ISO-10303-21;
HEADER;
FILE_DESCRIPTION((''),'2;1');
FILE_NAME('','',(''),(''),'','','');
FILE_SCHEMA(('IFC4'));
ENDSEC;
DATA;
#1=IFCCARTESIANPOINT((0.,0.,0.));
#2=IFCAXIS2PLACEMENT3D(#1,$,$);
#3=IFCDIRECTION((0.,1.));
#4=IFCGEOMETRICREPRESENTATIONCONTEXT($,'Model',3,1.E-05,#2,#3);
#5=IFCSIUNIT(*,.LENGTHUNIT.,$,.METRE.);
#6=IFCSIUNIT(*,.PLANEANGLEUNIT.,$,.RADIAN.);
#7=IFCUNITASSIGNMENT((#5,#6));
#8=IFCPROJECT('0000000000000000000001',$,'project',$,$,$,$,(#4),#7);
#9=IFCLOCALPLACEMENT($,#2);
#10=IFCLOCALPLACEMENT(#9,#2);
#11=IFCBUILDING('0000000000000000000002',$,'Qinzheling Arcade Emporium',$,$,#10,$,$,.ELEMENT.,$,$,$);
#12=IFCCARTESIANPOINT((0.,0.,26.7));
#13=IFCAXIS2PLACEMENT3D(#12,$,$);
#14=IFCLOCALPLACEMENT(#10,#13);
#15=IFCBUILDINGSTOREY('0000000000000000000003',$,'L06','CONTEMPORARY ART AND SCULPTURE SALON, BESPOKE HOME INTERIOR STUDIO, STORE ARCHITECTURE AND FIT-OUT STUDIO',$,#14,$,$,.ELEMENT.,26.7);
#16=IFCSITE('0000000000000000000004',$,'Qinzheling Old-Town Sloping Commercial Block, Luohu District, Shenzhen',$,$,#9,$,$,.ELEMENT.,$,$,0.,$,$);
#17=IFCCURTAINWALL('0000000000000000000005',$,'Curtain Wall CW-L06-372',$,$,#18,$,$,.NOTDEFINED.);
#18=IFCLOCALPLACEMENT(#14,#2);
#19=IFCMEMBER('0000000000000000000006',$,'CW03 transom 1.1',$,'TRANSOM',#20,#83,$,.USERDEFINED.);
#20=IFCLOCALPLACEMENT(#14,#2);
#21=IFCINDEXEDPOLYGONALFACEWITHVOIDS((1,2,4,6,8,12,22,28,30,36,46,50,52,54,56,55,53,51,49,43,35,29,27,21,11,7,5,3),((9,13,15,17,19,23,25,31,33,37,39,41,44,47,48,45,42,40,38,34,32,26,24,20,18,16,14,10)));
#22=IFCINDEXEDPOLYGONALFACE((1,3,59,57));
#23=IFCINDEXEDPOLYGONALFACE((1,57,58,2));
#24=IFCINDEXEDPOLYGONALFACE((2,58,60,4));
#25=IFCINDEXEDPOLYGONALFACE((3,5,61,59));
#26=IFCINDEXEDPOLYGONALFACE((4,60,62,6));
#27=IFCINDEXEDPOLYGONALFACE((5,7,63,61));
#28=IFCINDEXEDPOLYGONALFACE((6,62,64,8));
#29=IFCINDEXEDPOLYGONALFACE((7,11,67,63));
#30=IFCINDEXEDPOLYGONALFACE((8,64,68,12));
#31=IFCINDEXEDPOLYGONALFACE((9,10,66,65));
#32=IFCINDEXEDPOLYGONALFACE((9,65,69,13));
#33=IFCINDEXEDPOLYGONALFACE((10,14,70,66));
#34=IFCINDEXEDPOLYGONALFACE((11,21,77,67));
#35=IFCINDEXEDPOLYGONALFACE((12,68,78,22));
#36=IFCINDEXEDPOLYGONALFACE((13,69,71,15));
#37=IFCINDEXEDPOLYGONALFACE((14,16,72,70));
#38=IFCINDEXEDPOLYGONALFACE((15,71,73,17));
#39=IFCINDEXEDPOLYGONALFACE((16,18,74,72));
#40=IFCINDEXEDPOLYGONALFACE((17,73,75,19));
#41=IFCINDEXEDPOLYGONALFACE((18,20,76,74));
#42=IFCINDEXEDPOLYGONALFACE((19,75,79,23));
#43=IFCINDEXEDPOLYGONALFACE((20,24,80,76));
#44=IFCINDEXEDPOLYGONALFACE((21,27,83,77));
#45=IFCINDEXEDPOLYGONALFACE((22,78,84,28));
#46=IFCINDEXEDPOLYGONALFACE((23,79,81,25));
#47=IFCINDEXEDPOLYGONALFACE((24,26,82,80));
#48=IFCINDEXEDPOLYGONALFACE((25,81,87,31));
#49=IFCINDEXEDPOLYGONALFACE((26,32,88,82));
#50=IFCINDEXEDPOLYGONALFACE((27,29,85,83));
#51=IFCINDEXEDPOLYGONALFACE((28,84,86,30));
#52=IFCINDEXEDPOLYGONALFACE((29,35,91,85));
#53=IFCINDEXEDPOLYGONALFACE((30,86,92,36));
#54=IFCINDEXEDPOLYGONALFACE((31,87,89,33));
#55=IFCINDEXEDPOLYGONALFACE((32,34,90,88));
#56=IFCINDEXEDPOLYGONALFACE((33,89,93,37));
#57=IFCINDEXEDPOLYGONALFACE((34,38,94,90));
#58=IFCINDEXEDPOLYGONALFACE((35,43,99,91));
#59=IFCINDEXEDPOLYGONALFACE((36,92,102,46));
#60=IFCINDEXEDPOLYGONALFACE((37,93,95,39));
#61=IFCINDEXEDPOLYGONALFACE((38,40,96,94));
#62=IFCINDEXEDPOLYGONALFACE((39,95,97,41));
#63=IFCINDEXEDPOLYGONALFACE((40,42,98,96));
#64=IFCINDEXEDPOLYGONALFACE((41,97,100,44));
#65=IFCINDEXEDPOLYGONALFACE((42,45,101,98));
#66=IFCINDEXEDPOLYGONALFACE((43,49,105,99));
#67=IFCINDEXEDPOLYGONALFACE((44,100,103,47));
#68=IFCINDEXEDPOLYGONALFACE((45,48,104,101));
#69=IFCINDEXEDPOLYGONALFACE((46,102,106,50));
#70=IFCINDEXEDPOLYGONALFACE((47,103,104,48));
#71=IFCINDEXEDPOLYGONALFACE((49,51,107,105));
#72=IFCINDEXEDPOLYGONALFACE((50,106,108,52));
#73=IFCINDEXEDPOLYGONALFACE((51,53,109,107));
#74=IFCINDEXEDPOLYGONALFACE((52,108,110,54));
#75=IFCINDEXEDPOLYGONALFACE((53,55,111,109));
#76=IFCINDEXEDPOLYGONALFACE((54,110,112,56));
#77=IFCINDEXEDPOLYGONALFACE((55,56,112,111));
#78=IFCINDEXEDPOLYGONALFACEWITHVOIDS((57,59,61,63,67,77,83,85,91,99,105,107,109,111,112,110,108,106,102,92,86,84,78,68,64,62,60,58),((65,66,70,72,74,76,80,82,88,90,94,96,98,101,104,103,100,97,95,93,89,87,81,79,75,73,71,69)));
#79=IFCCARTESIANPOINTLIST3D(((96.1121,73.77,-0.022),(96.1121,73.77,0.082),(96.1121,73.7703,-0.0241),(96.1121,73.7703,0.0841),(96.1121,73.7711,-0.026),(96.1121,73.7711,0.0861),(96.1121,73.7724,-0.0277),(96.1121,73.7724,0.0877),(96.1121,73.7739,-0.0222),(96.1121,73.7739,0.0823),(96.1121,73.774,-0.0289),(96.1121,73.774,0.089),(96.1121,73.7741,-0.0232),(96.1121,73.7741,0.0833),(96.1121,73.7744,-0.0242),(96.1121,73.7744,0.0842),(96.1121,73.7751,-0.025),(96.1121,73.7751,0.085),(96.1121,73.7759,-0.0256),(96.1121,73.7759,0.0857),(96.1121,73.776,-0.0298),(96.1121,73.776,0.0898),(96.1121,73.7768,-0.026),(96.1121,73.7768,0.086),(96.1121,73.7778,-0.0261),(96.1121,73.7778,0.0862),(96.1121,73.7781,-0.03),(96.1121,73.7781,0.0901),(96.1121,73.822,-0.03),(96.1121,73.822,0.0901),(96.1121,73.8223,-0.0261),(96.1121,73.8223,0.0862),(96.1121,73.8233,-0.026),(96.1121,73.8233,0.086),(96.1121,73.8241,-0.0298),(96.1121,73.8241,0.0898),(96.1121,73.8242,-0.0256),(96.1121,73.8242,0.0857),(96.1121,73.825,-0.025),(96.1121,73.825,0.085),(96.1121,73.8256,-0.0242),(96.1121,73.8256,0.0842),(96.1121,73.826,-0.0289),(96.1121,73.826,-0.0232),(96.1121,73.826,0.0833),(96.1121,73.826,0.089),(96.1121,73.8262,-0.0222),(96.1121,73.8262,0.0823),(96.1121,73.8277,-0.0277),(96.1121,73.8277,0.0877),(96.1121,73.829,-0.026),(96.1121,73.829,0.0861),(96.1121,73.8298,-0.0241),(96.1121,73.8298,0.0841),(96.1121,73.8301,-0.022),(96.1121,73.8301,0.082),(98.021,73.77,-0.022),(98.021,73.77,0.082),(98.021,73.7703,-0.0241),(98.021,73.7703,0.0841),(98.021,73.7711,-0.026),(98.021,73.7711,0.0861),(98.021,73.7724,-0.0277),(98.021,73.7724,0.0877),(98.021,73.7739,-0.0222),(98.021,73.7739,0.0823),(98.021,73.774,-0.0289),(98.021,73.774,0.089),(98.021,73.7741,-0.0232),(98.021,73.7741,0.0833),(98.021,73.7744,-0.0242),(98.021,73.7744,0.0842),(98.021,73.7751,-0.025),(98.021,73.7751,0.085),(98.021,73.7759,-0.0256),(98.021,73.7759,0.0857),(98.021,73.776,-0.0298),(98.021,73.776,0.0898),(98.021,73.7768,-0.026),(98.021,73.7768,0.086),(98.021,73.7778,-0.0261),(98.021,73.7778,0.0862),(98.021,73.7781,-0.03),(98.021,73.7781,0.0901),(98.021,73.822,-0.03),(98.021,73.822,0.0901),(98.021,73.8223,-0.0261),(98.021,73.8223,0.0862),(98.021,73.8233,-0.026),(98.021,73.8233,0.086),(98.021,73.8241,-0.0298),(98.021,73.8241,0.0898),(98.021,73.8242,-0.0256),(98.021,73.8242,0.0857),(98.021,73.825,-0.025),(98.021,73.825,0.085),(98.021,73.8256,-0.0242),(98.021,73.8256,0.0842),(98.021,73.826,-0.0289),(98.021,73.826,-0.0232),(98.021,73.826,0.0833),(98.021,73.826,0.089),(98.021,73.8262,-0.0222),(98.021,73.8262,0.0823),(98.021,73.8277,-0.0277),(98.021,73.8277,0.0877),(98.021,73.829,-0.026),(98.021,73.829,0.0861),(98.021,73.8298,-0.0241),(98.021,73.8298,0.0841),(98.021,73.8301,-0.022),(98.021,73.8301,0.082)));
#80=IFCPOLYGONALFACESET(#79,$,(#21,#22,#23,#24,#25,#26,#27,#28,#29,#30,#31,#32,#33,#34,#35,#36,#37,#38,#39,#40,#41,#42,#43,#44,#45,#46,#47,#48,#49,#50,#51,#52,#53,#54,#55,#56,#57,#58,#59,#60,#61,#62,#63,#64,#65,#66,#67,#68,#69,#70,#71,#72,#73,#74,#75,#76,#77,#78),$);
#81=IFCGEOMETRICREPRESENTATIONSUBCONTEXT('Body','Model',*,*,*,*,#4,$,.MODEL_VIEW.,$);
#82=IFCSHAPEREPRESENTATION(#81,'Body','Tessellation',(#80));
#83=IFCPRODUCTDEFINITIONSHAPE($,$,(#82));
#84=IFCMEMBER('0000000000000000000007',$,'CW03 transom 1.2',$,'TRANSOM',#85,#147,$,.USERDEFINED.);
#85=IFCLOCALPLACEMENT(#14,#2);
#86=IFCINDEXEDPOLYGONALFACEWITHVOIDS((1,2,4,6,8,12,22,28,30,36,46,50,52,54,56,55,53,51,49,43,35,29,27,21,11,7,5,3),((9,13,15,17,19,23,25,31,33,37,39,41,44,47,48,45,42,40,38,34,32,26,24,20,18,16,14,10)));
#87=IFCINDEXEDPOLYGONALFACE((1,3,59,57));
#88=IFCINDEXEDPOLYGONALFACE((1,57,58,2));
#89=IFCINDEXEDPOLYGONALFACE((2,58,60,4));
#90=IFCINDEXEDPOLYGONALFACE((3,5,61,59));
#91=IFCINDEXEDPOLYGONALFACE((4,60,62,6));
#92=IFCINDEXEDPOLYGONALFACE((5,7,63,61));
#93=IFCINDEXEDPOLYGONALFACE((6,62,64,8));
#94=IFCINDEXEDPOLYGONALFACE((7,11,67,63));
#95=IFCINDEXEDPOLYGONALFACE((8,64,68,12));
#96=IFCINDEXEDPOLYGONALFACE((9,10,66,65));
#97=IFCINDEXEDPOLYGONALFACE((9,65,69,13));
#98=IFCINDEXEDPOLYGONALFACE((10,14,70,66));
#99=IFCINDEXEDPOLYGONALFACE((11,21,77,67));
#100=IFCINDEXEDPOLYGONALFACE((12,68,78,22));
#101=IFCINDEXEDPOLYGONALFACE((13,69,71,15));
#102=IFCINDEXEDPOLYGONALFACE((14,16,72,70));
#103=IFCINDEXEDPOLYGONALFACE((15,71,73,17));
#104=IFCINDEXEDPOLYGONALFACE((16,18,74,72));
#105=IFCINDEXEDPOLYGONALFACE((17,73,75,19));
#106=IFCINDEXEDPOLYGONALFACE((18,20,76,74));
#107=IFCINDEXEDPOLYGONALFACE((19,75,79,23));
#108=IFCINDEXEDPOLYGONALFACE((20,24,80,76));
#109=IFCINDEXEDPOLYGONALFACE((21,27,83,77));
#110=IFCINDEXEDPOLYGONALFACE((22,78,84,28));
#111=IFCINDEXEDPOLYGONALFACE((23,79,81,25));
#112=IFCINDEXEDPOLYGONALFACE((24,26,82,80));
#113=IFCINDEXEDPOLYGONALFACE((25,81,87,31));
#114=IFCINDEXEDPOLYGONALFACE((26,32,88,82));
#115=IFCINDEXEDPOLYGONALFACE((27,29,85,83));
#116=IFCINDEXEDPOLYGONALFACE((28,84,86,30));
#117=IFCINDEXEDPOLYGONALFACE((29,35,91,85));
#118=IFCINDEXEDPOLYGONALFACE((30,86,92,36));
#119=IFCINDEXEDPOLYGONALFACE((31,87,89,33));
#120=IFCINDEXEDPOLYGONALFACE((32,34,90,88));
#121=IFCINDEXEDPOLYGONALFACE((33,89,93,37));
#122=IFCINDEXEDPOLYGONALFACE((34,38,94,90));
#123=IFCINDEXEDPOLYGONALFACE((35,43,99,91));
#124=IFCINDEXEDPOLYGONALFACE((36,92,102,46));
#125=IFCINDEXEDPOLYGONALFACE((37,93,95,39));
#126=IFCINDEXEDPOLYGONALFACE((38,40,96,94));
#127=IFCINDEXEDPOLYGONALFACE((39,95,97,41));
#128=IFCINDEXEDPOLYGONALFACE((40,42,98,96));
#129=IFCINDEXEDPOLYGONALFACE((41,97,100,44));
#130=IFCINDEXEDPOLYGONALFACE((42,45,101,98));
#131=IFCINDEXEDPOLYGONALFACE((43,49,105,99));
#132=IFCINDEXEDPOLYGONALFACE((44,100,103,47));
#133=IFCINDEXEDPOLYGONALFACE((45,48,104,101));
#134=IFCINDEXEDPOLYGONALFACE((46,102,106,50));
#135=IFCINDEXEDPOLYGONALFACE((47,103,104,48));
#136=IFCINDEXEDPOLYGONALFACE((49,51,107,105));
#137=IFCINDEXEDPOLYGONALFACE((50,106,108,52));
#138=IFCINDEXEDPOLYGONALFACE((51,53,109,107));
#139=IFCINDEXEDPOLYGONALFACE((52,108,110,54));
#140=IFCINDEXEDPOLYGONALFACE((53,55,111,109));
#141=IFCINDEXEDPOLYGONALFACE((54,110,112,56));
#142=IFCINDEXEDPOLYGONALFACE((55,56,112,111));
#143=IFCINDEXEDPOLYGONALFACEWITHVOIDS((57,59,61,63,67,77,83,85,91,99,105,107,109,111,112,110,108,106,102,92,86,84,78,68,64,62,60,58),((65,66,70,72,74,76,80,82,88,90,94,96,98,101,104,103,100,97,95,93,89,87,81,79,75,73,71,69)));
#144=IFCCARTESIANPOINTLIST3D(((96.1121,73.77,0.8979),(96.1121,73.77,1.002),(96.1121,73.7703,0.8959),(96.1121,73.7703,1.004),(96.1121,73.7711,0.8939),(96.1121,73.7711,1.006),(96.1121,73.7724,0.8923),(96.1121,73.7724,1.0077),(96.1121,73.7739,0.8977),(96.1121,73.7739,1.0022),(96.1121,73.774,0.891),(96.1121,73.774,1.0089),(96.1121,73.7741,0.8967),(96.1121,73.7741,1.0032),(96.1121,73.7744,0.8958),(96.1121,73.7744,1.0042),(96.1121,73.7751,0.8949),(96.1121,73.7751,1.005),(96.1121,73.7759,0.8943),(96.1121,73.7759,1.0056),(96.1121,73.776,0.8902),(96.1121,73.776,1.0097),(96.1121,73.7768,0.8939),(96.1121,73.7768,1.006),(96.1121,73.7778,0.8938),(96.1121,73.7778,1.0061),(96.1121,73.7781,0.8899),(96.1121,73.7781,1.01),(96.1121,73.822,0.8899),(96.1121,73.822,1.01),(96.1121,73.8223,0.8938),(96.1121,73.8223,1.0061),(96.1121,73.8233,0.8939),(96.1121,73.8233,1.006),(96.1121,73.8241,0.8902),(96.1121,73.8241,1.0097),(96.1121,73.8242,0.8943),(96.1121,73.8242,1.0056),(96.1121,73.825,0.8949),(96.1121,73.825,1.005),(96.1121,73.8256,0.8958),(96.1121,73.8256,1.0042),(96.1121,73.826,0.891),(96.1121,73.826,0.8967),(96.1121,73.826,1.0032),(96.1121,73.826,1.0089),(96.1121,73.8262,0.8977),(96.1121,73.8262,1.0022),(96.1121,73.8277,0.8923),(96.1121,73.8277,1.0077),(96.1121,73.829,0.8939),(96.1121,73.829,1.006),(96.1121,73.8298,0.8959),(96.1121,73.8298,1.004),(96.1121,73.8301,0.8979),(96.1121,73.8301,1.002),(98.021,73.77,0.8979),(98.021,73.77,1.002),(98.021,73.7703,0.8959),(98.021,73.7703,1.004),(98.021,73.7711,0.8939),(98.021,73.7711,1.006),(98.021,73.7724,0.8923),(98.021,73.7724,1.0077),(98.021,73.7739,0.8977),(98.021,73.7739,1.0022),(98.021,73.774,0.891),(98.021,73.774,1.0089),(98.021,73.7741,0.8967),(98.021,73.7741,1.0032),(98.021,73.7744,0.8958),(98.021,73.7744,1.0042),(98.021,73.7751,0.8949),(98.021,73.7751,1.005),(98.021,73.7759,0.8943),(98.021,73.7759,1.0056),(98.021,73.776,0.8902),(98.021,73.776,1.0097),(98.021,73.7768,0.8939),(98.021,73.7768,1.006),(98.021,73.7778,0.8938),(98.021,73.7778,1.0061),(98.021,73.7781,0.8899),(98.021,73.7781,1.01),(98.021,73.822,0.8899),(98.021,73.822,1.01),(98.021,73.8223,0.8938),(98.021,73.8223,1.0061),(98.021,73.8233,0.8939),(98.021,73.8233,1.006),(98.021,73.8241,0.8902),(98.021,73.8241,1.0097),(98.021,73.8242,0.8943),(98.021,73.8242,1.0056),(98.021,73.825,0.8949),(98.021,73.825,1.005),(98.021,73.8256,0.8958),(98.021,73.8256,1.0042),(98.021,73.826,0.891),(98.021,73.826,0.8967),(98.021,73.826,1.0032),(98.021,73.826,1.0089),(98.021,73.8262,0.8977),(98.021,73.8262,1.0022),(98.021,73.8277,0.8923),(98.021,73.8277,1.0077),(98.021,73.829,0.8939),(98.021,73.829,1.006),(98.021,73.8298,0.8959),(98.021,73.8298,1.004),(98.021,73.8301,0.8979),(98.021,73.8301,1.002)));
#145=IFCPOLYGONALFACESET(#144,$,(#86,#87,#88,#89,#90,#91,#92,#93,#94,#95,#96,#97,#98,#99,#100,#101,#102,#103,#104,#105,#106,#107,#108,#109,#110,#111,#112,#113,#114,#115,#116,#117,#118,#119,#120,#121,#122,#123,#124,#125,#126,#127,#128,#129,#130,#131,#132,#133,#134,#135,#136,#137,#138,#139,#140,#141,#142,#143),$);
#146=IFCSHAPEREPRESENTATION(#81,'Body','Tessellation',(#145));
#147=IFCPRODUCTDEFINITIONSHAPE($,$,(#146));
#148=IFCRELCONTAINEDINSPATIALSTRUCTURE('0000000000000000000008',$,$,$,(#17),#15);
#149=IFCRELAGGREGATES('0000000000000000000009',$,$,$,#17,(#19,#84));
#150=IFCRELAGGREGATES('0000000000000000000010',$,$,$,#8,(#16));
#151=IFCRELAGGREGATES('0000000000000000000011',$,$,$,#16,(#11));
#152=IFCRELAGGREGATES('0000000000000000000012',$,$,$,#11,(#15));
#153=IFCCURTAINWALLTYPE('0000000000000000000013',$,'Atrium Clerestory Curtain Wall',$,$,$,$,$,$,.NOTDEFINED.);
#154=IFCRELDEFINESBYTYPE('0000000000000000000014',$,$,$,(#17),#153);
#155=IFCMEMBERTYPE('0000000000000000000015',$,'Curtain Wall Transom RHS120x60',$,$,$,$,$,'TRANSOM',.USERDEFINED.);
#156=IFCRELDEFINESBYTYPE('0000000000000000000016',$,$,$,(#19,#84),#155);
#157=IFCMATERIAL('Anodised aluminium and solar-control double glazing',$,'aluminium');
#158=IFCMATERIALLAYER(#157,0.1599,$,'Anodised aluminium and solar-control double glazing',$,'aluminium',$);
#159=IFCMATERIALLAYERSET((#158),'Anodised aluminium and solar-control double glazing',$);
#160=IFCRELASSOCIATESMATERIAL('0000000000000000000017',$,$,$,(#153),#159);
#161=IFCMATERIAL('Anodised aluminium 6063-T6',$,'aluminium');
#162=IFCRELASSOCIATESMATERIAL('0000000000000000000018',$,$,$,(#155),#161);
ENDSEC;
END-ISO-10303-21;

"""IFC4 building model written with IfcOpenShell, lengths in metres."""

from ifc_helpers import new_model, si_unit, direction, frame, origin, origin_2d, place, context, subcontext, project, spatial, hollow_rectangle, extrude, material, layer, layer_set, material_profile, profile_set, type_object, element, aggregate, save


model = new_model("IFC4")

# Units and contexts
model_context = context("Model", 3, precision=1e-05, world=origin(), true_north=direction((0.0, 1.0)))
body_context = subcontext(model_context, "Body", "Model", "MODEL_VIEW")
ifc_project = project(units=[si_unit("LENGTHUNIT", "METRE"), si_unit("PLANEANGLEUNIT", "RADIAN")], contexts=[model_context])

# Site, building, storey
site_placement = place(None, origin())
site = spatial("IfcSite", under=ifc_project, at=site_placement, Name="Qinzheling Old-Town Sloping Commercial Block, Luohu District, Shenzhen", CompositionType="ELEMENT", RefElevation=0.0)
building_placement = place(site_placement, origin())
building = spatial("IfcBuilding", under=site, at=building_placement, Name="Qinzheling Arcade Emporium", CompositionType="ELEMENT")
storey_placement = place(building_placement, frame((0.0, 0.0, 26.7)))
storey = spatial("IfcBuildingStorey", under=building, at=storey_placement, Name="L06", Description="CONTEMPORARY ART AND SCULPTURE SALON, BESPOKE HOME INTERIOR STUDIO, STORE ARCHITECTURE AND FIT-OUT STUDIO", CompositionType="ELEMENT", Elevation=26.7)

# Curtain wall
ifc_material_1 = material(Name="Anodised aluminium and solar-control double glazing", Category="aluminium")
ifc_layer_1 = layer(ifc_material_1, 0.1599, Name="Anodised aluminium and solar-control double glazing", Category="aluminium")
ifc_layer_set_1 = layer_set([ifc_layer_1], Name="Anodised aluminium and solar-control double glazing")
curtain_wall_type = type_object("IfcCurtainWallType", Name="Atrium Clerestory Curtain Wall", PredefinedType="NOTDEFINED", material=ifc_layer_set_1)
ifc_material_2 = material(Name="Anodised aluminium 6063-T6", Category="aluminium")
curtain_wall_1_placement = place(storey_placement, origin())
curtain_wall_1 = element("IfcCurtainWall", 1, at=curtain_wall_1_placement, inside=storey, type_object=curtain_wall_type, Name="Curtain Wall CW-L06-372", PredefinedType="NOTDEFINED")

# Members
ifc_material_profile_1 = material_profile(ifc_material_2, hollow_rectangle(XDim=0.0601, YDim=0.1201, WallThickness=0.0039, InnerFilletRadius=0.0039, OuterFilletRadius=0.0081, at=origin_2d()), Name="RHS 120x60x4", Category="aluminium")
ifc_profile_set_1 = profile_set([ifc_material_profile_1], Name="Anodised aluminium 6063-T6")
member_type_1 = type_object("IfcMemberType", Name="Curtain Wall Transom RHS120x60", ElementType="TRANSOM", PredefinedType="USERDEFINED", material=ifc_profile_set_1)
member_1_placement = place(storey_placement, frame((96.1121, 73.8, 0.03), z_axis=(1.0, 0.0, 0.0), x_axis=(0.0, 1.0, 0.0)))
member_1 = element("IfcMember", 2, at=member_1_placement, type_object=member_type_1, Name="CW03 transom 1.1", ObjectType="TRANSOM", PredefinedType="USERDEFINED", context=body_context, shape_type="SweptSolid", body=[
    extrude(hollow_rectangle(XDim=0.0601, YDim=0.1201, WallThickness=0.0039, InnerFilletRadius=0.0039, OuterFilletRadius=0.0081, at=origin_2d()), origin(), (0.0, 0.0, 1.0), 1.9089),
])
member_2_placement = place(storey_placement, frame((96.1121, 73.8, 0.95), z_axis=(1.0, 0.0, 0.0), x_axis=(0.0, 1.0, 0.0)))
member_2 = element("IfcMember", 3, at=member_2_placement, type_object=member_type_1, Name="CW03 transom 1.2", ObjectType="TRANSOM", PredefinedType="USERDEFINED", context=body_context, shape_type="SweptSolid", body=[
    extrude(hollow_rectangle(XDim=0.0601, YDim=0.1201, WallThickness=0.0039, InnerFilletRadius=0.0039, OuterFilletRadius=0.0081, at=origin_2d()), origin(), (0.0, 0.0, 1.0), 1.9089),
])

aggregate(curtain_wall_1, [member_1, member_2])

save(model, "model.ifc")
